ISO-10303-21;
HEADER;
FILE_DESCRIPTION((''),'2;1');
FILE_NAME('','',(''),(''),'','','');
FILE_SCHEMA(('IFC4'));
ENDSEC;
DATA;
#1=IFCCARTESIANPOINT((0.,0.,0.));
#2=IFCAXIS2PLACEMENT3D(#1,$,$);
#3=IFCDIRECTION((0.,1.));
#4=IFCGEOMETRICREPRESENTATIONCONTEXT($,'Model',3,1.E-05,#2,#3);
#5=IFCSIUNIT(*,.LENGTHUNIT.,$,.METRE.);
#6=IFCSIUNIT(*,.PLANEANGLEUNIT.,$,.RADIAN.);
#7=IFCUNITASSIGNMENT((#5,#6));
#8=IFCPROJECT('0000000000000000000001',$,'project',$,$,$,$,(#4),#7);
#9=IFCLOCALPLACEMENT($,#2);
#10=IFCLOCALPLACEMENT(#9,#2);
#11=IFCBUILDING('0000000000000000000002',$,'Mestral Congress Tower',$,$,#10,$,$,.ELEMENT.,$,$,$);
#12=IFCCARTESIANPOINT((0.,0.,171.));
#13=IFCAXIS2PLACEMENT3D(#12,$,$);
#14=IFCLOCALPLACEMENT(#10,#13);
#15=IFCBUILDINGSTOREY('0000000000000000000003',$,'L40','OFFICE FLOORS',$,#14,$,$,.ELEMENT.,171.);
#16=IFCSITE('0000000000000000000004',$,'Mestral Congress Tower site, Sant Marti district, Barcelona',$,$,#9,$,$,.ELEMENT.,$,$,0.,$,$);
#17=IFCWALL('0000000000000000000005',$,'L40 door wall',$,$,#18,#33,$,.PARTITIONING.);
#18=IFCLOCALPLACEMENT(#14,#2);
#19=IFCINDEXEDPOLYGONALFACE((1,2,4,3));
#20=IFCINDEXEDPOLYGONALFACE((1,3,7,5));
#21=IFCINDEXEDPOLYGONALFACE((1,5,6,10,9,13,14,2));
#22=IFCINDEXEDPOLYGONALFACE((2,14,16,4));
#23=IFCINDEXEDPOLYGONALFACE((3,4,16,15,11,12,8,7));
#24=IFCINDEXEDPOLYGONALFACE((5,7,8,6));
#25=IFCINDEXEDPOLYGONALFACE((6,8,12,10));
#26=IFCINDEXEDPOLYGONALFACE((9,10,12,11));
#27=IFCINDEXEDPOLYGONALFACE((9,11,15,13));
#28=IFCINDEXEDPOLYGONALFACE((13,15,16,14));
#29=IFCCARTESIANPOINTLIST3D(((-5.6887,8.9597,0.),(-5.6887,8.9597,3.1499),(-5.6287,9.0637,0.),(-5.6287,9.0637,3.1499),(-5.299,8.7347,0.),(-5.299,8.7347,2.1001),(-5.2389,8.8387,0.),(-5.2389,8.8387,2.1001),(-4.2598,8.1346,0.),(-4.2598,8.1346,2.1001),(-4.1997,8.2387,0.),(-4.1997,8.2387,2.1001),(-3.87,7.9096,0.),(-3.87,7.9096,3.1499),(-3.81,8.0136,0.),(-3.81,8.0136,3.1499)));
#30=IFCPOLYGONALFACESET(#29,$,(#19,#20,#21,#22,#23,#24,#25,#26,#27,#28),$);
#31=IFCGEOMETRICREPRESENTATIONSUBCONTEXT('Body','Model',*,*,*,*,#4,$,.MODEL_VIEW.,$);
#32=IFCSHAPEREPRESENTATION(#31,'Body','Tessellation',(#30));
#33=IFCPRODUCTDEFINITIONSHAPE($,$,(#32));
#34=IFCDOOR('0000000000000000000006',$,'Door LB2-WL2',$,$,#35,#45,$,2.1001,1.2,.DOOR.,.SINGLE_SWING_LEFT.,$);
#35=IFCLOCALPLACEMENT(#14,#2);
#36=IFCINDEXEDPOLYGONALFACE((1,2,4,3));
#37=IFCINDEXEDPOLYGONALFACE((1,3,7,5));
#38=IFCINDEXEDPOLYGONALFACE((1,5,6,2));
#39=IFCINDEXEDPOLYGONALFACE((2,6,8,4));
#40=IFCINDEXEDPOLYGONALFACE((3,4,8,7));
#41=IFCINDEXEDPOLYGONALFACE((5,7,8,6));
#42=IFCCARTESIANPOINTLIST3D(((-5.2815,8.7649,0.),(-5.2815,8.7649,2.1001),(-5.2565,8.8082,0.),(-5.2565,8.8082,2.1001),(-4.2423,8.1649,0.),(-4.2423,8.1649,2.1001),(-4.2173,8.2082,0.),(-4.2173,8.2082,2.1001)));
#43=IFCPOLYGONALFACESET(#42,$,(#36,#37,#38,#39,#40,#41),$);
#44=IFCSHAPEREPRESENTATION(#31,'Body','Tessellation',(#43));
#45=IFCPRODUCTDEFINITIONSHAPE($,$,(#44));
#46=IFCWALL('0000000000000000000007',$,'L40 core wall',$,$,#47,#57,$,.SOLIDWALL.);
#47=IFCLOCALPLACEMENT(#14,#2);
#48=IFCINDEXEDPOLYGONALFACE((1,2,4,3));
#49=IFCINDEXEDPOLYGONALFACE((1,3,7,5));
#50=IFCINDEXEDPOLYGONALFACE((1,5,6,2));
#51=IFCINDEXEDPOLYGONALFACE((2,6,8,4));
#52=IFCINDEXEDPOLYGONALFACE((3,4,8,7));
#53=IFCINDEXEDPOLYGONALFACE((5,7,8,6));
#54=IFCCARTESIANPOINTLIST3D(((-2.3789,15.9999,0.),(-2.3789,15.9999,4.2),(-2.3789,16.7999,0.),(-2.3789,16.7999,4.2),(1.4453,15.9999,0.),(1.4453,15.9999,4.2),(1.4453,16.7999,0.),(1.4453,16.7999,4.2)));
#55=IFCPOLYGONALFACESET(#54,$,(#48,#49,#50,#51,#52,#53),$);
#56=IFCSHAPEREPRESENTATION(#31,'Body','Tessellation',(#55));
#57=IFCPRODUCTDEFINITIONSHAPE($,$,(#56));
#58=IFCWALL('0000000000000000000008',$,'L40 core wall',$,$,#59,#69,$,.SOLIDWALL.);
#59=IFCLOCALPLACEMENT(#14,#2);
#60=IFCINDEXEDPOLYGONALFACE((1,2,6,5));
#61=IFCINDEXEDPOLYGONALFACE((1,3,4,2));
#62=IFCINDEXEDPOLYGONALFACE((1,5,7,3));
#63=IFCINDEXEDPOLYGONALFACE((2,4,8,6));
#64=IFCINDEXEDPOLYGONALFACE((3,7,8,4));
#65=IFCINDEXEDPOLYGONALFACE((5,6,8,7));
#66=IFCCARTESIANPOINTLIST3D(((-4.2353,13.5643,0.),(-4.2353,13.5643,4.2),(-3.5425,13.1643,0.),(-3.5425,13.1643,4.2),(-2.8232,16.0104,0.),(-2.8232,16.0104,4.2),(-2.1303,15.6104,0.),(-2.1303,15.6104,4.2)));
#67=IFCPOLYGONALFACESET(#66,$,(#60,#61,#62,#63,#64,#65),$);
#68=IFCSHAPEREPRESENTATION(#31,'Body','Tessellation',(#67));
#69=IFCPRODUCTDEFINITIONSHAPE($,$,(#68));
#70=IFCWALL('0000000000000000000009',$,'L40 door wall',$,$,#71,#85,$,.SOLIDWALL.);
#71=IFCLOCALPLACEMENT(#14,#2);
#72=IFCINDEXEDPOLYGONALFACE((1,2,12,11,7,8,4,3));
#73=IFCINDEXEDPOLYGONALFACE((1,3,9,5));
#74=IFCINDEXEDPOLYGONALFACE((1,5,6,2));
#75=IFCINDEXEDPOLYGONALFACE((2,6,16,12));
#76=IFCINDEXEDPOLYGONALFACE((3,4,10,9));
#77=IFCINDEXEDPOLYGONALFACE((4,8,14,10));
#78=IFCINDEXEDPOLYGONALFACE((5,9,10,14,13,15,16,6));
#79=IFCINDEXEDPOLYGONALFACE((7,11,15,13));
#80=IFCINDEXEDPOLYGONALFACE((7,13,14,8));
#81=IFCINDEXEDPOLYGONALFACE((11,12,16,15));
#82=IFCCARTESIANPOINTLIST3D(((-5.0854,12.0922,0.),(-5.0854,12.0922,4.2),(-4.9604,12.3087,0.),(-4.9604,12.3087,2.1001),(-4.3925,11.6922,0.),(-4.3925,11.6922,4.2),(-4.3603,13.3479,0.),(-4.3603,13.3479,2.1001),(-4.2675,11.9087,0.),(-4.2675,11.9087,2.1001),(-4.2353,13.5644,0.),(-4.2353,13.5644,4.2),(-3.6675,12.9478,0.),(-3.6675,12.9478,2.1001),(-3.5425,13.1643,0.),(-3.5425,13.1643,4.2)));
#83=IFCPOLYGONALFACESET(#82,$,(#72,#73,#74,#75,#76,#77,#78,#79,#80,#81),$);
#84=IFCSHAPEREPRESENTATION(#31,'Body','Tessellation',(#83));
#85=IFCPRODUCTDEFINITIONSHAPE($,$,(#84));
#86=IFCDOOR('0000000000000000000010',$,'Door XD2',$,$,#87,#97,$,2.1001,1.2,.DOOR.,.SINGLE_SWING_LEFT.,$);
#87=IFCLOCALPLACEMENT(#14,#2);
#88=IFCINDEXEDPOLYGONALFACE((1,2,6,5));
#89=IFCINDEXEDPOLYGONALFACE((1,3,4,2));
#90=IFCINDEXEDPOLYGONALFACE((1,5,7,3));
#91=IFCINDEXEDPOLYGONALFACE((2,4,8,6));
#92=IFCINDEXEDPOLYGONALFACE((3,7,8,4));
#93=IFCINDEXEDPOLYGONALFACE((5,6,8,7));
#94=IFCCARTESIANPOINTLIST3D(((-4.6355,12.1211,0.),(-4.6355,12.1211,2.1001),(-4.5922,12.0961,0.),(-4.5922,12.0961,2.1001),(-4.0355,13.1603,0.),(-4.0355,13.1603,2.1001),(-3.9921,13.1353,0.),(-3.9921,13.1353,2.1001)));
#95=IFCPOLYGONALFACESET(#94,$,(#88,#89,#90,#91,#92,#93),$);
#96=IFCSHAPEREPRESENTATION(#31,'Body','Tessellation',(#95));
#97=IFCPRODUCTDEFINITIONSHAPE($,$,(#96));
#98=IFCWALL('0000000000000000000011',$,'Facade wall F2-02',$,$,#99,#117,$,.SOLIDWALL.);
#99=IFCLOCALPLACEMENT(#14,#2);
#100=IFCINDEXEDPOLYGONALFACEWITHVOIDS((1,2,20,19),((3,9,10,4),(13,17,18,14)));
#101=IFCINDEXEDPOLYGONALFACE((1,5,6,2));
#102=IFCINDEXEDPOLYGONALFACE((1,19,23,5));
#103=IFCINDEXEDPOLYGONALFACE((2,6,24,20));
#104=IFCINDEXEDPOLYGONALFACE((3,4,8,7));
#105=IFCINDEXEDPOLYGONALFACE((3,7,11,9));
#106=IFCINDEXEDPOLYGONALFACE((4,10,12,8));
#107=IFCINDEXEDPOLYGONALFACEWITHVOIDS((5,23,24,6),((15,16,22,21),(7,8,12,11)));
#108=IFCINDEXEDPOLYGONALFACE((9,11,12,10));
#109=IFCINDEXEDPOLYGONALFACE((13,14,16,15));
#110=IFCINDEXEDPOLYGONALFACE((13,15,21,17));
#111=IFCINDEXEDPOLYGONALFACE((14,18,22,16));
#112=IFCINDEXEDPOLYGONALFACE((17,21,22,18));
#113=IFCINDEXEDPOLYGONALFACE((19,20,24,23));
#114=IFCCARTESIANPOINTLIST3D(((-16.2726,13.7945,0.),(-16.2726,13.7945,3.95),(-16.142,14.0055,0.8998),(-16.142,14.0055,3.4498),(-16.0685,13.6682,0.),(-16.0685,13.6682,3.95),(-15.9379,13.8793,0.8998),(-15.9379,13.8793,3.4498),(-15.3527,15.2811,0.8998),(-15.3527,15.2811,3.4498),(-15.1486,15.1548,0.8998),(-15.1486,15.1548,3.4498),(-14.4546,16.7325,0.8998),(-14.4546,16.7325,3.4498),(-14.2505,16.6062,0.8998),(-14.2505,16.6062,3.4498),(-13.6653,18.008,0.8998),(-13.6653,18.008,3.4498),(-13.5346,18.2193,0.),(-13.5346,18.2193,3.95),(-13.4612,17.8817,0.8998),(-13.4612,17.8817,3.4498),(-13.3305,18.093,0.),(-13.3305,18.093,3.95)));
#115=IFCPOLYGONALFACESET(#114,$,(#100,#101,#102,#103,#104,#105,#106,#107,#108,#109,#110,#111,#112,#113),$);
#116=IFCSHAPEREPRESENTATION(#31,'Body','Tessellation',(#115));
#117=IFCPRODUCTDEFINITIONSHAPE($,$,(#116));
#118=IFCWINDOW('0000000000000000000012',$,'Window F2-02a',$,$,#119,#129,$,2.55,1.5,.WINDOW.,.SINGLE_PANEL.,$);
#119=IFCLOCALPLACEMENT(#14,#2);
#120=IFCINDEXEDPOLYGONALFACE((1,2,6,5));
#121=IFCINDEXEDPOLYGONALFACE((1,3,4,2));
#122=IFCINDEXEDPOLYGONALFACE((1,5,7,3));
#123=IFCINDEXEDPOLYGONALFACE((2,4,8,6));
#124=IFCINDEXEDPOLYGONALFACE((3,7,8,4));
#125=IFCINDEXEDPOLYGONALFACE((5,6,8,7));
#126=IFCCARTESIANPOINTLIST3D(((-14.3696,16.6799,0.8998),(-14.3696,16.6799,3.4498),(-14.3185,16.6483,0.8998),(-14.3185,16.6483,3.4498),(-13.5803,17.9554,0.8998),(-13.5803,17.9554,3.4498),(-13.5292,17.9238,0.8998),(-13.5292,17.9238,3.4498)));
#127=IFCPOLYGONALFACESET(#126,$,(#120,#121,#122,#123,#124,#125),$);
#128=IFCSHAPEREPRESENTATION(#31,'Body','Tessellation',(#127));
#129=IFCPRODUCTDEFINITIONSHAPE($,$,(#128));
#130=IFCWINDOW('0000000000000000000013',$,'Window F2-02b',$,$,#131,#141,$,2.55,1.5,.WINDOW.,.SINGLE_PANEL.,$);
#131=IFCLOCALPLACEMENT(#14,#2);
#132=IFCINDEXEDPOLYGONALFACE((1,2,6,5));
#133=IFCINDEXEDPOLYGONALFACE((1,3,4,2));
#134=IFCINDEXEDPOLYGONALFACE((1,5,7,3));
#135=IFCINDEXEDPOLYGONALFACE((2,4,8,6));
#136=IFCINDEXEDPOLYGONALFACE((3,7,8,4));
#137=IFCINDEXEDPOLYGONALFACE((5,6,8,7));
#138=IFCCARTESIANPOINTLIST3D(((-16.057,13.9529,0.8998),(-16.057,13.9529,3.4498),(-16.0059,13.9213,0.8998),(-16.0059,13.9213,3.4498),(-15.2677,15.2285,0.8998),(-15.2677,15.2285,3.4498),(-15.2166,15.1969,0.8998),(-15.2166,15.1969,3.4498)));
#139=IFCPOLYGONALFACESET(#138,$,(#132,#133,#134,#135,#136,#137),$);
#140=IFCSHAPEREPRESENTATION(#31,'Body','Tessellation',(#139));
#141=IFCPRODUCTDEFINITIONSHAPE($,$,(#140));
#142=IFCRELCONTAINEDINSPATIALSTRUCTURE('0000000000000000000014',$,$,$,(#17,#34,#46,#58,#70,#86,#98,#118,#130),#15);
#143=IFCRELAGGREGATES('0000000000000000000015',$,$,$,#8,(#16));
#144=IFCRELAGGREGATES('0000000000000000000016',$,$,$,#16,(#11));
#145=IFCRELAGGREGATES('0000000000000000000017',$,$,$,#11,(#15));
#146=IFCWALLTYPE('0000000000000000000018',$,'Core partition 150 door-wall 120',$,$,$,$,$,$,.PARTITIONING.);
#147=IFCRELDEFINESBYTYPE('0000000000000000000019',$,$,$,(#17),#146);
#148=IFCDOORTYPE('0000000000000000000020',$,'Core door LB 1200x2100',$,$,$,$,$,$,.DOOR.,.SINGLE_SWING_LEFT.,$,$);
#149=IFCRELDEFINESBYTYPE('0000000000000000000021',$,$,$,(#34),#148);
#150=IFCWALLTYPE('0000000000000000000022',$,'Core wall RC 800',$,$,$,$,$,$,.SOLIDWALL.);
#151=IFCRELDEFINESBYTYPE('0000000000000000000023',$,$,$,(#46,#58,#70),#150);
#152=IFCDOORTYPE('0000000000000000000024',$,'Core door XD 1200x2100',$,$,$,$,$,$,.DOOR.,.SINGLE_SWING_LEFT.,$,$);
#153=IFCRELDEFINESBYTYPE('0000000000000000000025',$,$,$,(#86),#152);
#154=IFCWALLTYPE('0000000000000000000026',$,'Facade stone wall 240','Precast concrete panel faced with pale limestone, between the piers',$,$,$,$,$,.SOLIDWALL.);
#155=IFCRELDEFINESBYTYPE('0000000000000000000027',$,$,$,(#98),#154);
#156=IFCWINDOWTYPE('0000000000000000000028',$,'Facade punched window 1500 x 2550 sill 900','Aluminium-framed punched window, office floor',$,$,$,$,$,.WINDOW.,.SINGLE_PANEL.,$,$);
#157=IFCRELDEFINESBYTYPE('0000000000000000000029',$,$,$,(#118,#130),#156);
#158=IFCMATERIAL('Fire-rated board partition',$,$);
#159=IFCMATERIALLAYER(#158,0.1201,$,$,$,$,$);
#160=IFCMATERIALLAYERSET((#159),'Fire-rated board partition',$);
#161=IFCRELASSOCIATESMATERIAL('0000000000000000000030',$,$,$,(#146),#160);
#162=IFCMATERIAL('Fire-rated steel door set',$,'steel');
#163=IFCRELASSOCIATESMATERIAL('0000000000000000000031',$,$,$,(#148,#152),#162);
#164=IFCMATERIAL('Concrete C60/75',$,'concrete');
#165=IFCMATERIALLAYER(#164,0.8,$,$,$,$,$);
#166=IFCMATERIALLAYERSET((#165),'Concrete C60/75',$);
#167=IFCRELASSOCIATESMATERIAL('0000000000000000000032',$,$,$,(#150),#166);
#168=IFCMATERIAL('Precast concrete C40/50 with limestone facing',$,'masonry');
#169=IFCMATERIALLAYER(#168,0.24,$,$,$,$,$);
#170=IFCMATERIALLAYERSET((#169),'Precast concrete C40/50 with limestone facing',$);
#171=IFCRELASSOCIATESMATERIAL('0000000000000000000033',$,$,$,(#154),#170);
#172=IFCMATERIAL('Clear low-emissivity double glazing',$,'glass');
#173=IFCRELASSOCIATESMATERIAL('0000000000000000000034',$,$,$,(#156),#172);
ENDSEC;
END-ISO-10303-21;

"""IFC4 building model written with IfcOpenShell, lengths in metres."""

from ifc_helpers import new_model, si_unit, direction, frame, frame_2d, origin, place, context, subcontext, project, spatial, rectangle, extrude, material, layer, layer_set, type_object, element, fill, save


model = new_model("IFC4")

# Units and contexts
model_context = context("Model", 3, precision=1e-05, world=origin(), true_north=direction((0.0, 1.0)))
body_context = subcontext(model_context, "Body", "Model", "MODEL_VIEW")
ifc_project = project(units=[si_unit("LENGTHUNIT", "METRE"), si_unit("PLANEANGLEUNIT", "RADIAN")], contexts=[model_context])

# Site, building, storey
site_placement = place(None, origin())
site = spatial("IfcSite", under=ifc_project, at=site_placement, Name="Mestral Congress Tower site, Sant Marti district, Barcelona", CompositionType="ELEMENT", RefElevation=0.0)
building_placement = place(site_placement, origin())
building = spatial("IfcBuilding", under=site, at=building_placement, Name="Mestral Congress Tower", CompositionType="ELEMENT")
storey_placement = place(building_placement, frame((0.0, 0.0, 171.0)))
storey = spatial("IfcBuildingStorey", under=building, at=storey_placement, Name="L40", Description="OFFICE FLOORS", CompositionType="ELEMENT", Elevation=171.0)

# Shared definitions
ifc_material_1 = material(Name="Concrete C60/75", Category="concrete")

# Wall, opening, door
ifc_material_2 = material(Name="Fire-rated board partition")
ifc_layer_1 = layer(ifc_material_2, 0.1201)
ifc_layer_set_1 = layer_set([ifc_layer_1], Name="Fire-rated board partition")
wall_type_1 = type_object("IfcWallType", Name="Core partition 150 door-wall 120", PredefinedType="PARTITIONING", material=ifc_layer_set_1)
wall_1_placement = place(storey_placement, frame((-5.6587, 9.0117, 0.0), z_axis=(0.0, 0.0, 1.0), x_axis=(0.866009, -0.500028, 0.0)))
wall_1 = element("IfcWall", 1, at=wall_1_placement, inside=storey, type_object=wall_type_1, Name="L40 door wall", PredefinedType="PARTITIONING", context=body_context, shape_type="SweptSolid", body=[
    extrude(rectangle(XDim=2.1001, YDim=0.1201, at=frame_2d((1.05, 0.0))), origin(), (0.0, 0.0, 1.0), 3.1499),
])
opening_1_placement = place(wall_1_placement, frame((0.45, 0.0, 0.0)))
opening_1 = element("IfcOpeningElement", 2, at=opening_1_placement, cuts=wall_1, PredefinedType="OPENING", context=body_context, shape_type="SweptSolid", body=[
    extrude(rectangle(XDim=1.2, YDim=2.1001, at=frame_2d((0.6001, 1.05))), frame((0.0, 0.0701, 0.0), z_axis=(0.0, -1.0, 0.0), x_axis=(1.0, 0.0, 0.0)), (0.0, 0.0, 1.0), 0.1401),
])
ifc_material_3 = material(Name="Fire-rated steel door set", Category="steel")
door_type_1 = type_object("IfcDoorType", Name="Core door LB 1200x2100", OperationType="SINGLE_SWING_LEFT", PredefinedType="DOOR", material=ifc_material_3)
door_1_placement = place(opening_1_placement, origin())
door_1 = element("IfcDoor", 3, at=door_1_placement, inside=storey, type_object=door_type_1, Name="Door LB2-WL2", OperationType="SINGLE_SWING_LEFT", OverallHeight=2.1001, OverallWidth=1.2, PredefinedType="DOOR", context=body_context, shape_type="SweptSolid", body=[
    extrude(rectangle(XDim=1.2, YDim=2.1001, at=frame_2d((0.6001, 1.05))), frame((0.0, 0.0249, 0.0), z_axis=(0.0, -1.0, 0.0), x_axis=(1.0, 0.0, 0.0)), (0.0, 0.0, 1.0), 0.05),
])
fill(opening_1, door_1)

# Walls
ifc_layer_2 = layer(ifc_material_1, 0.8)
ifc_layer_set_2 = layer_set([ifc_layer_2], Name="Concrete C60/75")
wall_type_2 = type_object("IfcWallType", Name="Core wall RC 800", PredefinedType="SOLIDWALL", material=ifc_layer_set_2)
wall_2_placement = place(storey_placement, frame((-2.3789, 16.3999, 0.0), z_axis=(0.0, 0.0, 1.0), x_axis=(1.0, 0.0, 0.0)))
element("IfcWall", 4, at=wall_2_placement, inside=storey, type_object=wall_type_2, Name="L40 core wall", PredefinedType="SOLIDWALL", context=body_context, shape_type="SweptSolid", body=[
    extrude(rectangle(XDim=3.8242, YDim=0.8, at=frame_2d((1.9121, 0.0))), origin(), (0.0, 0.0, 1.0), 4.2),
])
wall_3_placement = place(storey_placement, frame((-2.4768, 15.8103, 0.0), z_axis=(0.0, 0.0, 1.0), x_axis=(-0.499969, -0.866043, 0.0)))
element("IfcWall", 5, at=wall_3_placement, inside=storey, type_object=wall_type_2, Name="L40 core wall", PredefinedType="SOLIDWALL", context=body_context, shape_type="SweptSolid", body=[
    extrude(rectangle(XDim=2.8245, YDim=0.8, at=frame_2d((1.4121, 0.0))), origin(), (0.0, 0.0, 1.0), 4.2),
])

# Wall, opening, door
wall_4_placement = place(storey_placement, frame((-4.739, 11.8921, 0.0), z_axis=(0.0, 0.0, 1.0), x_axis=(0.500062, 0.865989, 0.0)))
wall_4 = element("IfcWall", 6, at=wall_4_placement, inside=storey, type_object=wall_type_2, Name="L40 door wall", PredefinedType="SOLIDWALL", context=body_context, shape_type="SweptSolid", body=[
    extrude(rectangle(XDim=1.7, YDim=0.8, at=frame_2d((0.8501, 0.0))), origin(), (0.0, 0.0, 1.0), 4.2),
])
opening_2_placement = place(wall_4_placement, frame((0.25, 0.0, 0.0)))
opening_2 = element("IfcOpeningElement", 7, at=opening_2_placement, cuts=wall_4, PredefinedType="OPENING", context=body_context, shape_type="SweptSolid", body=[
    extrude(rectangle(XDim=1.2, YDim=2.1001, at=frame_2d((0.6001, 1.05))), frame((0.0, 0.4099, 0.0), z_axis=(0.0, -1.0, 0.0), x_axis=(1.0, 0.0, 0.0)), (0.0, 0.0, 1.0), 0.8201),
])
door_type_2 = type_object("IfcDoorType", Name="Core door XD 1200x2100", OperationType="SINGLE_SWING_LEFT", PredefinedType="DOOR", material=ifc_material_3)
door_2_placement = place(opening_2_placement, origin())
door_2 = element("IfcDoor", 8, at=door_2_placement, inside=storey, type_object=door_type_2, Name="Door XD2", OperationType="SINGLE_SWING_LEFT", OverallHeight=2.1001, OverallWidth=1.2, PredefinedType="DOOR", context=body_context, shape_type="SweptSolid", body=[
    extrude(rectangle(XDim=1.2, YDim=2.1001, at=frame_2d((0.6001, 1.05))), frame((0.0, 0.0249, 0.0), z_axis=(0.0, -1.0, 0.0), x_axis=(1.0, 0.0, 0.0)), (0.0, 0.0, 1.0), 0.05),
])
fill(opening_2, door_2)

# Wall, openings, windows
ifc_material_4 = material(Name="Precast concrete C40/50 with limestone facing", Category="masonry")
ifc_layer_3 = layer(ifc_material_4, 0.24)
ifc_layer_set_3 = layer_set([ifc_layer_3], Name="Precast concrete C40/50 with limestone facing")
wall_type_3 = type_object("IfcWallType", Name="Facade stone wall 240", Description="Precast concrete panel faced with pale limestone, between the piers", PredefinedType="SOLIDWALL", material=ifc_layer_set_3)
wall_5_placement = place(storey_placement, frame((-13.4326, 18.156, 0.0), z_axis=(0.0, 0.0, 1.0), x_axis=(-0.526198, -0.850362, 0.0)))
wall_5 = element("IfcWall", 9, at=wall_5_placement, inside=storey, type_object=wall_type_3, Name="Facade wall F2-02", PredefinedType="SOLIDWALL", context=body_context, shape_type="SweptSolid", body=[
    extrude(rectangle(XDim=5.2034, YDim=0.24, at=frame_2d((2.6016, 0.0))), origin(), (0.0, 0.0, 1.0), 3.95),
])
opening_3_placement = place(wall_5_placement, frame((0.2483, 0.0, 0.8999)))
opening_3 = element("IfcOpeningElement", 10, at=opening_3_placement, cuts=wall_5, PredefinedType="OPENING", context=body_context, shape_type="SweptSolid", body=[
    extrude(rectangle(XDim=1.5, YDim=2.55, at=frame_2d((0.75, 1.2749))), frame((0.0, 0.1299, 0.0), z_axis=(0.0, -1.0, 0.0), x_axis=(1.0, 0.0, 0.0)), (0.0, 0.0, 1.0), 0.26),
])
opening_4_placement = place(wall_5_placement, frame((3.4551, 0.0, 0.8999)))
opening_4 = element("IfcOpeningElement", 11, at=opening_4_placement, cuts=wall_5, PredefinedType="OPENING", context=body_context, shape_type="SweptSolid", body=[
    extrude(rectangle(XDim=1.5, YDim=2.55, at=frame_2d((0.75, 1.2749))), frame((0.0, 0.1299, 0.0), z_axis=(0.0, -1.0, 0.0), x_axis=(1.0, 0.0, 0.0)), (0.0, 0.0, 1.0), 0.26),
])
ifc_material_5 = material(Name="Clear low-emissivity double glazing", Category="glass")
window_type = type_object("IfcWindowType", Name="Facade punched window 1500 x 2550 sill 900", Description="Aluminium-framed punched window, office floor", PartitioningType="SINGLE_PANEL", PredefinedType="WINDOW", material=ifc_material_5)
window_1_placement = place(opening_3_placement, origin())
window_1 = element("IfcWindow", 12, at=window_1_placement, inside=storey, type_object=window_type, Name="Window F2-02a", OverallHeight=2.55, OverallWidth=1.5, PartitioningType="SINGLE_PANEL", PredefinedType="WINDOW", context=body_context, shape_type="SweptSolid", body=[
    extrude(rectangle(XDim=1.5, YDim=2.55, at=frame_2d((0.75, 1.2749))), frame((0.0, 0.04, 0.0), z_axis=(0.0, -1.0, 0.0), x_axis=(1.0, 0.0, 0.0)), (0.0, 0.0, 1.0), 0.0601),
])
fill(opening_3, window_1)
window_2_placement = place(opening_4_placement, origin())
window_2 = element("IfcWindow", 13, at=window_2_placement, inside=storey, type_object=window_type, Name="Window F2-02b", OverallHeight=2.55, OverallWidth=1.5, PartitioningType="SINGLE_PANEL", PredefinedType="WINDOW", context=body_context, shape_type="SweptSolid", body=[
    extrude(rectangle(XDim=1.5, YDim=2.55, at=frame_2d((0.75, 1.2749))), frame((0.0, 0.04, 0.0), z_axis=(0.0, -1.0, 0.0), x_axis=(1.0, 0.0, 0.0)), (0.0, 0.0, 1.0), 0.0601),
])
fill(opening_4, window_2)

save(model, "model.ifc")
